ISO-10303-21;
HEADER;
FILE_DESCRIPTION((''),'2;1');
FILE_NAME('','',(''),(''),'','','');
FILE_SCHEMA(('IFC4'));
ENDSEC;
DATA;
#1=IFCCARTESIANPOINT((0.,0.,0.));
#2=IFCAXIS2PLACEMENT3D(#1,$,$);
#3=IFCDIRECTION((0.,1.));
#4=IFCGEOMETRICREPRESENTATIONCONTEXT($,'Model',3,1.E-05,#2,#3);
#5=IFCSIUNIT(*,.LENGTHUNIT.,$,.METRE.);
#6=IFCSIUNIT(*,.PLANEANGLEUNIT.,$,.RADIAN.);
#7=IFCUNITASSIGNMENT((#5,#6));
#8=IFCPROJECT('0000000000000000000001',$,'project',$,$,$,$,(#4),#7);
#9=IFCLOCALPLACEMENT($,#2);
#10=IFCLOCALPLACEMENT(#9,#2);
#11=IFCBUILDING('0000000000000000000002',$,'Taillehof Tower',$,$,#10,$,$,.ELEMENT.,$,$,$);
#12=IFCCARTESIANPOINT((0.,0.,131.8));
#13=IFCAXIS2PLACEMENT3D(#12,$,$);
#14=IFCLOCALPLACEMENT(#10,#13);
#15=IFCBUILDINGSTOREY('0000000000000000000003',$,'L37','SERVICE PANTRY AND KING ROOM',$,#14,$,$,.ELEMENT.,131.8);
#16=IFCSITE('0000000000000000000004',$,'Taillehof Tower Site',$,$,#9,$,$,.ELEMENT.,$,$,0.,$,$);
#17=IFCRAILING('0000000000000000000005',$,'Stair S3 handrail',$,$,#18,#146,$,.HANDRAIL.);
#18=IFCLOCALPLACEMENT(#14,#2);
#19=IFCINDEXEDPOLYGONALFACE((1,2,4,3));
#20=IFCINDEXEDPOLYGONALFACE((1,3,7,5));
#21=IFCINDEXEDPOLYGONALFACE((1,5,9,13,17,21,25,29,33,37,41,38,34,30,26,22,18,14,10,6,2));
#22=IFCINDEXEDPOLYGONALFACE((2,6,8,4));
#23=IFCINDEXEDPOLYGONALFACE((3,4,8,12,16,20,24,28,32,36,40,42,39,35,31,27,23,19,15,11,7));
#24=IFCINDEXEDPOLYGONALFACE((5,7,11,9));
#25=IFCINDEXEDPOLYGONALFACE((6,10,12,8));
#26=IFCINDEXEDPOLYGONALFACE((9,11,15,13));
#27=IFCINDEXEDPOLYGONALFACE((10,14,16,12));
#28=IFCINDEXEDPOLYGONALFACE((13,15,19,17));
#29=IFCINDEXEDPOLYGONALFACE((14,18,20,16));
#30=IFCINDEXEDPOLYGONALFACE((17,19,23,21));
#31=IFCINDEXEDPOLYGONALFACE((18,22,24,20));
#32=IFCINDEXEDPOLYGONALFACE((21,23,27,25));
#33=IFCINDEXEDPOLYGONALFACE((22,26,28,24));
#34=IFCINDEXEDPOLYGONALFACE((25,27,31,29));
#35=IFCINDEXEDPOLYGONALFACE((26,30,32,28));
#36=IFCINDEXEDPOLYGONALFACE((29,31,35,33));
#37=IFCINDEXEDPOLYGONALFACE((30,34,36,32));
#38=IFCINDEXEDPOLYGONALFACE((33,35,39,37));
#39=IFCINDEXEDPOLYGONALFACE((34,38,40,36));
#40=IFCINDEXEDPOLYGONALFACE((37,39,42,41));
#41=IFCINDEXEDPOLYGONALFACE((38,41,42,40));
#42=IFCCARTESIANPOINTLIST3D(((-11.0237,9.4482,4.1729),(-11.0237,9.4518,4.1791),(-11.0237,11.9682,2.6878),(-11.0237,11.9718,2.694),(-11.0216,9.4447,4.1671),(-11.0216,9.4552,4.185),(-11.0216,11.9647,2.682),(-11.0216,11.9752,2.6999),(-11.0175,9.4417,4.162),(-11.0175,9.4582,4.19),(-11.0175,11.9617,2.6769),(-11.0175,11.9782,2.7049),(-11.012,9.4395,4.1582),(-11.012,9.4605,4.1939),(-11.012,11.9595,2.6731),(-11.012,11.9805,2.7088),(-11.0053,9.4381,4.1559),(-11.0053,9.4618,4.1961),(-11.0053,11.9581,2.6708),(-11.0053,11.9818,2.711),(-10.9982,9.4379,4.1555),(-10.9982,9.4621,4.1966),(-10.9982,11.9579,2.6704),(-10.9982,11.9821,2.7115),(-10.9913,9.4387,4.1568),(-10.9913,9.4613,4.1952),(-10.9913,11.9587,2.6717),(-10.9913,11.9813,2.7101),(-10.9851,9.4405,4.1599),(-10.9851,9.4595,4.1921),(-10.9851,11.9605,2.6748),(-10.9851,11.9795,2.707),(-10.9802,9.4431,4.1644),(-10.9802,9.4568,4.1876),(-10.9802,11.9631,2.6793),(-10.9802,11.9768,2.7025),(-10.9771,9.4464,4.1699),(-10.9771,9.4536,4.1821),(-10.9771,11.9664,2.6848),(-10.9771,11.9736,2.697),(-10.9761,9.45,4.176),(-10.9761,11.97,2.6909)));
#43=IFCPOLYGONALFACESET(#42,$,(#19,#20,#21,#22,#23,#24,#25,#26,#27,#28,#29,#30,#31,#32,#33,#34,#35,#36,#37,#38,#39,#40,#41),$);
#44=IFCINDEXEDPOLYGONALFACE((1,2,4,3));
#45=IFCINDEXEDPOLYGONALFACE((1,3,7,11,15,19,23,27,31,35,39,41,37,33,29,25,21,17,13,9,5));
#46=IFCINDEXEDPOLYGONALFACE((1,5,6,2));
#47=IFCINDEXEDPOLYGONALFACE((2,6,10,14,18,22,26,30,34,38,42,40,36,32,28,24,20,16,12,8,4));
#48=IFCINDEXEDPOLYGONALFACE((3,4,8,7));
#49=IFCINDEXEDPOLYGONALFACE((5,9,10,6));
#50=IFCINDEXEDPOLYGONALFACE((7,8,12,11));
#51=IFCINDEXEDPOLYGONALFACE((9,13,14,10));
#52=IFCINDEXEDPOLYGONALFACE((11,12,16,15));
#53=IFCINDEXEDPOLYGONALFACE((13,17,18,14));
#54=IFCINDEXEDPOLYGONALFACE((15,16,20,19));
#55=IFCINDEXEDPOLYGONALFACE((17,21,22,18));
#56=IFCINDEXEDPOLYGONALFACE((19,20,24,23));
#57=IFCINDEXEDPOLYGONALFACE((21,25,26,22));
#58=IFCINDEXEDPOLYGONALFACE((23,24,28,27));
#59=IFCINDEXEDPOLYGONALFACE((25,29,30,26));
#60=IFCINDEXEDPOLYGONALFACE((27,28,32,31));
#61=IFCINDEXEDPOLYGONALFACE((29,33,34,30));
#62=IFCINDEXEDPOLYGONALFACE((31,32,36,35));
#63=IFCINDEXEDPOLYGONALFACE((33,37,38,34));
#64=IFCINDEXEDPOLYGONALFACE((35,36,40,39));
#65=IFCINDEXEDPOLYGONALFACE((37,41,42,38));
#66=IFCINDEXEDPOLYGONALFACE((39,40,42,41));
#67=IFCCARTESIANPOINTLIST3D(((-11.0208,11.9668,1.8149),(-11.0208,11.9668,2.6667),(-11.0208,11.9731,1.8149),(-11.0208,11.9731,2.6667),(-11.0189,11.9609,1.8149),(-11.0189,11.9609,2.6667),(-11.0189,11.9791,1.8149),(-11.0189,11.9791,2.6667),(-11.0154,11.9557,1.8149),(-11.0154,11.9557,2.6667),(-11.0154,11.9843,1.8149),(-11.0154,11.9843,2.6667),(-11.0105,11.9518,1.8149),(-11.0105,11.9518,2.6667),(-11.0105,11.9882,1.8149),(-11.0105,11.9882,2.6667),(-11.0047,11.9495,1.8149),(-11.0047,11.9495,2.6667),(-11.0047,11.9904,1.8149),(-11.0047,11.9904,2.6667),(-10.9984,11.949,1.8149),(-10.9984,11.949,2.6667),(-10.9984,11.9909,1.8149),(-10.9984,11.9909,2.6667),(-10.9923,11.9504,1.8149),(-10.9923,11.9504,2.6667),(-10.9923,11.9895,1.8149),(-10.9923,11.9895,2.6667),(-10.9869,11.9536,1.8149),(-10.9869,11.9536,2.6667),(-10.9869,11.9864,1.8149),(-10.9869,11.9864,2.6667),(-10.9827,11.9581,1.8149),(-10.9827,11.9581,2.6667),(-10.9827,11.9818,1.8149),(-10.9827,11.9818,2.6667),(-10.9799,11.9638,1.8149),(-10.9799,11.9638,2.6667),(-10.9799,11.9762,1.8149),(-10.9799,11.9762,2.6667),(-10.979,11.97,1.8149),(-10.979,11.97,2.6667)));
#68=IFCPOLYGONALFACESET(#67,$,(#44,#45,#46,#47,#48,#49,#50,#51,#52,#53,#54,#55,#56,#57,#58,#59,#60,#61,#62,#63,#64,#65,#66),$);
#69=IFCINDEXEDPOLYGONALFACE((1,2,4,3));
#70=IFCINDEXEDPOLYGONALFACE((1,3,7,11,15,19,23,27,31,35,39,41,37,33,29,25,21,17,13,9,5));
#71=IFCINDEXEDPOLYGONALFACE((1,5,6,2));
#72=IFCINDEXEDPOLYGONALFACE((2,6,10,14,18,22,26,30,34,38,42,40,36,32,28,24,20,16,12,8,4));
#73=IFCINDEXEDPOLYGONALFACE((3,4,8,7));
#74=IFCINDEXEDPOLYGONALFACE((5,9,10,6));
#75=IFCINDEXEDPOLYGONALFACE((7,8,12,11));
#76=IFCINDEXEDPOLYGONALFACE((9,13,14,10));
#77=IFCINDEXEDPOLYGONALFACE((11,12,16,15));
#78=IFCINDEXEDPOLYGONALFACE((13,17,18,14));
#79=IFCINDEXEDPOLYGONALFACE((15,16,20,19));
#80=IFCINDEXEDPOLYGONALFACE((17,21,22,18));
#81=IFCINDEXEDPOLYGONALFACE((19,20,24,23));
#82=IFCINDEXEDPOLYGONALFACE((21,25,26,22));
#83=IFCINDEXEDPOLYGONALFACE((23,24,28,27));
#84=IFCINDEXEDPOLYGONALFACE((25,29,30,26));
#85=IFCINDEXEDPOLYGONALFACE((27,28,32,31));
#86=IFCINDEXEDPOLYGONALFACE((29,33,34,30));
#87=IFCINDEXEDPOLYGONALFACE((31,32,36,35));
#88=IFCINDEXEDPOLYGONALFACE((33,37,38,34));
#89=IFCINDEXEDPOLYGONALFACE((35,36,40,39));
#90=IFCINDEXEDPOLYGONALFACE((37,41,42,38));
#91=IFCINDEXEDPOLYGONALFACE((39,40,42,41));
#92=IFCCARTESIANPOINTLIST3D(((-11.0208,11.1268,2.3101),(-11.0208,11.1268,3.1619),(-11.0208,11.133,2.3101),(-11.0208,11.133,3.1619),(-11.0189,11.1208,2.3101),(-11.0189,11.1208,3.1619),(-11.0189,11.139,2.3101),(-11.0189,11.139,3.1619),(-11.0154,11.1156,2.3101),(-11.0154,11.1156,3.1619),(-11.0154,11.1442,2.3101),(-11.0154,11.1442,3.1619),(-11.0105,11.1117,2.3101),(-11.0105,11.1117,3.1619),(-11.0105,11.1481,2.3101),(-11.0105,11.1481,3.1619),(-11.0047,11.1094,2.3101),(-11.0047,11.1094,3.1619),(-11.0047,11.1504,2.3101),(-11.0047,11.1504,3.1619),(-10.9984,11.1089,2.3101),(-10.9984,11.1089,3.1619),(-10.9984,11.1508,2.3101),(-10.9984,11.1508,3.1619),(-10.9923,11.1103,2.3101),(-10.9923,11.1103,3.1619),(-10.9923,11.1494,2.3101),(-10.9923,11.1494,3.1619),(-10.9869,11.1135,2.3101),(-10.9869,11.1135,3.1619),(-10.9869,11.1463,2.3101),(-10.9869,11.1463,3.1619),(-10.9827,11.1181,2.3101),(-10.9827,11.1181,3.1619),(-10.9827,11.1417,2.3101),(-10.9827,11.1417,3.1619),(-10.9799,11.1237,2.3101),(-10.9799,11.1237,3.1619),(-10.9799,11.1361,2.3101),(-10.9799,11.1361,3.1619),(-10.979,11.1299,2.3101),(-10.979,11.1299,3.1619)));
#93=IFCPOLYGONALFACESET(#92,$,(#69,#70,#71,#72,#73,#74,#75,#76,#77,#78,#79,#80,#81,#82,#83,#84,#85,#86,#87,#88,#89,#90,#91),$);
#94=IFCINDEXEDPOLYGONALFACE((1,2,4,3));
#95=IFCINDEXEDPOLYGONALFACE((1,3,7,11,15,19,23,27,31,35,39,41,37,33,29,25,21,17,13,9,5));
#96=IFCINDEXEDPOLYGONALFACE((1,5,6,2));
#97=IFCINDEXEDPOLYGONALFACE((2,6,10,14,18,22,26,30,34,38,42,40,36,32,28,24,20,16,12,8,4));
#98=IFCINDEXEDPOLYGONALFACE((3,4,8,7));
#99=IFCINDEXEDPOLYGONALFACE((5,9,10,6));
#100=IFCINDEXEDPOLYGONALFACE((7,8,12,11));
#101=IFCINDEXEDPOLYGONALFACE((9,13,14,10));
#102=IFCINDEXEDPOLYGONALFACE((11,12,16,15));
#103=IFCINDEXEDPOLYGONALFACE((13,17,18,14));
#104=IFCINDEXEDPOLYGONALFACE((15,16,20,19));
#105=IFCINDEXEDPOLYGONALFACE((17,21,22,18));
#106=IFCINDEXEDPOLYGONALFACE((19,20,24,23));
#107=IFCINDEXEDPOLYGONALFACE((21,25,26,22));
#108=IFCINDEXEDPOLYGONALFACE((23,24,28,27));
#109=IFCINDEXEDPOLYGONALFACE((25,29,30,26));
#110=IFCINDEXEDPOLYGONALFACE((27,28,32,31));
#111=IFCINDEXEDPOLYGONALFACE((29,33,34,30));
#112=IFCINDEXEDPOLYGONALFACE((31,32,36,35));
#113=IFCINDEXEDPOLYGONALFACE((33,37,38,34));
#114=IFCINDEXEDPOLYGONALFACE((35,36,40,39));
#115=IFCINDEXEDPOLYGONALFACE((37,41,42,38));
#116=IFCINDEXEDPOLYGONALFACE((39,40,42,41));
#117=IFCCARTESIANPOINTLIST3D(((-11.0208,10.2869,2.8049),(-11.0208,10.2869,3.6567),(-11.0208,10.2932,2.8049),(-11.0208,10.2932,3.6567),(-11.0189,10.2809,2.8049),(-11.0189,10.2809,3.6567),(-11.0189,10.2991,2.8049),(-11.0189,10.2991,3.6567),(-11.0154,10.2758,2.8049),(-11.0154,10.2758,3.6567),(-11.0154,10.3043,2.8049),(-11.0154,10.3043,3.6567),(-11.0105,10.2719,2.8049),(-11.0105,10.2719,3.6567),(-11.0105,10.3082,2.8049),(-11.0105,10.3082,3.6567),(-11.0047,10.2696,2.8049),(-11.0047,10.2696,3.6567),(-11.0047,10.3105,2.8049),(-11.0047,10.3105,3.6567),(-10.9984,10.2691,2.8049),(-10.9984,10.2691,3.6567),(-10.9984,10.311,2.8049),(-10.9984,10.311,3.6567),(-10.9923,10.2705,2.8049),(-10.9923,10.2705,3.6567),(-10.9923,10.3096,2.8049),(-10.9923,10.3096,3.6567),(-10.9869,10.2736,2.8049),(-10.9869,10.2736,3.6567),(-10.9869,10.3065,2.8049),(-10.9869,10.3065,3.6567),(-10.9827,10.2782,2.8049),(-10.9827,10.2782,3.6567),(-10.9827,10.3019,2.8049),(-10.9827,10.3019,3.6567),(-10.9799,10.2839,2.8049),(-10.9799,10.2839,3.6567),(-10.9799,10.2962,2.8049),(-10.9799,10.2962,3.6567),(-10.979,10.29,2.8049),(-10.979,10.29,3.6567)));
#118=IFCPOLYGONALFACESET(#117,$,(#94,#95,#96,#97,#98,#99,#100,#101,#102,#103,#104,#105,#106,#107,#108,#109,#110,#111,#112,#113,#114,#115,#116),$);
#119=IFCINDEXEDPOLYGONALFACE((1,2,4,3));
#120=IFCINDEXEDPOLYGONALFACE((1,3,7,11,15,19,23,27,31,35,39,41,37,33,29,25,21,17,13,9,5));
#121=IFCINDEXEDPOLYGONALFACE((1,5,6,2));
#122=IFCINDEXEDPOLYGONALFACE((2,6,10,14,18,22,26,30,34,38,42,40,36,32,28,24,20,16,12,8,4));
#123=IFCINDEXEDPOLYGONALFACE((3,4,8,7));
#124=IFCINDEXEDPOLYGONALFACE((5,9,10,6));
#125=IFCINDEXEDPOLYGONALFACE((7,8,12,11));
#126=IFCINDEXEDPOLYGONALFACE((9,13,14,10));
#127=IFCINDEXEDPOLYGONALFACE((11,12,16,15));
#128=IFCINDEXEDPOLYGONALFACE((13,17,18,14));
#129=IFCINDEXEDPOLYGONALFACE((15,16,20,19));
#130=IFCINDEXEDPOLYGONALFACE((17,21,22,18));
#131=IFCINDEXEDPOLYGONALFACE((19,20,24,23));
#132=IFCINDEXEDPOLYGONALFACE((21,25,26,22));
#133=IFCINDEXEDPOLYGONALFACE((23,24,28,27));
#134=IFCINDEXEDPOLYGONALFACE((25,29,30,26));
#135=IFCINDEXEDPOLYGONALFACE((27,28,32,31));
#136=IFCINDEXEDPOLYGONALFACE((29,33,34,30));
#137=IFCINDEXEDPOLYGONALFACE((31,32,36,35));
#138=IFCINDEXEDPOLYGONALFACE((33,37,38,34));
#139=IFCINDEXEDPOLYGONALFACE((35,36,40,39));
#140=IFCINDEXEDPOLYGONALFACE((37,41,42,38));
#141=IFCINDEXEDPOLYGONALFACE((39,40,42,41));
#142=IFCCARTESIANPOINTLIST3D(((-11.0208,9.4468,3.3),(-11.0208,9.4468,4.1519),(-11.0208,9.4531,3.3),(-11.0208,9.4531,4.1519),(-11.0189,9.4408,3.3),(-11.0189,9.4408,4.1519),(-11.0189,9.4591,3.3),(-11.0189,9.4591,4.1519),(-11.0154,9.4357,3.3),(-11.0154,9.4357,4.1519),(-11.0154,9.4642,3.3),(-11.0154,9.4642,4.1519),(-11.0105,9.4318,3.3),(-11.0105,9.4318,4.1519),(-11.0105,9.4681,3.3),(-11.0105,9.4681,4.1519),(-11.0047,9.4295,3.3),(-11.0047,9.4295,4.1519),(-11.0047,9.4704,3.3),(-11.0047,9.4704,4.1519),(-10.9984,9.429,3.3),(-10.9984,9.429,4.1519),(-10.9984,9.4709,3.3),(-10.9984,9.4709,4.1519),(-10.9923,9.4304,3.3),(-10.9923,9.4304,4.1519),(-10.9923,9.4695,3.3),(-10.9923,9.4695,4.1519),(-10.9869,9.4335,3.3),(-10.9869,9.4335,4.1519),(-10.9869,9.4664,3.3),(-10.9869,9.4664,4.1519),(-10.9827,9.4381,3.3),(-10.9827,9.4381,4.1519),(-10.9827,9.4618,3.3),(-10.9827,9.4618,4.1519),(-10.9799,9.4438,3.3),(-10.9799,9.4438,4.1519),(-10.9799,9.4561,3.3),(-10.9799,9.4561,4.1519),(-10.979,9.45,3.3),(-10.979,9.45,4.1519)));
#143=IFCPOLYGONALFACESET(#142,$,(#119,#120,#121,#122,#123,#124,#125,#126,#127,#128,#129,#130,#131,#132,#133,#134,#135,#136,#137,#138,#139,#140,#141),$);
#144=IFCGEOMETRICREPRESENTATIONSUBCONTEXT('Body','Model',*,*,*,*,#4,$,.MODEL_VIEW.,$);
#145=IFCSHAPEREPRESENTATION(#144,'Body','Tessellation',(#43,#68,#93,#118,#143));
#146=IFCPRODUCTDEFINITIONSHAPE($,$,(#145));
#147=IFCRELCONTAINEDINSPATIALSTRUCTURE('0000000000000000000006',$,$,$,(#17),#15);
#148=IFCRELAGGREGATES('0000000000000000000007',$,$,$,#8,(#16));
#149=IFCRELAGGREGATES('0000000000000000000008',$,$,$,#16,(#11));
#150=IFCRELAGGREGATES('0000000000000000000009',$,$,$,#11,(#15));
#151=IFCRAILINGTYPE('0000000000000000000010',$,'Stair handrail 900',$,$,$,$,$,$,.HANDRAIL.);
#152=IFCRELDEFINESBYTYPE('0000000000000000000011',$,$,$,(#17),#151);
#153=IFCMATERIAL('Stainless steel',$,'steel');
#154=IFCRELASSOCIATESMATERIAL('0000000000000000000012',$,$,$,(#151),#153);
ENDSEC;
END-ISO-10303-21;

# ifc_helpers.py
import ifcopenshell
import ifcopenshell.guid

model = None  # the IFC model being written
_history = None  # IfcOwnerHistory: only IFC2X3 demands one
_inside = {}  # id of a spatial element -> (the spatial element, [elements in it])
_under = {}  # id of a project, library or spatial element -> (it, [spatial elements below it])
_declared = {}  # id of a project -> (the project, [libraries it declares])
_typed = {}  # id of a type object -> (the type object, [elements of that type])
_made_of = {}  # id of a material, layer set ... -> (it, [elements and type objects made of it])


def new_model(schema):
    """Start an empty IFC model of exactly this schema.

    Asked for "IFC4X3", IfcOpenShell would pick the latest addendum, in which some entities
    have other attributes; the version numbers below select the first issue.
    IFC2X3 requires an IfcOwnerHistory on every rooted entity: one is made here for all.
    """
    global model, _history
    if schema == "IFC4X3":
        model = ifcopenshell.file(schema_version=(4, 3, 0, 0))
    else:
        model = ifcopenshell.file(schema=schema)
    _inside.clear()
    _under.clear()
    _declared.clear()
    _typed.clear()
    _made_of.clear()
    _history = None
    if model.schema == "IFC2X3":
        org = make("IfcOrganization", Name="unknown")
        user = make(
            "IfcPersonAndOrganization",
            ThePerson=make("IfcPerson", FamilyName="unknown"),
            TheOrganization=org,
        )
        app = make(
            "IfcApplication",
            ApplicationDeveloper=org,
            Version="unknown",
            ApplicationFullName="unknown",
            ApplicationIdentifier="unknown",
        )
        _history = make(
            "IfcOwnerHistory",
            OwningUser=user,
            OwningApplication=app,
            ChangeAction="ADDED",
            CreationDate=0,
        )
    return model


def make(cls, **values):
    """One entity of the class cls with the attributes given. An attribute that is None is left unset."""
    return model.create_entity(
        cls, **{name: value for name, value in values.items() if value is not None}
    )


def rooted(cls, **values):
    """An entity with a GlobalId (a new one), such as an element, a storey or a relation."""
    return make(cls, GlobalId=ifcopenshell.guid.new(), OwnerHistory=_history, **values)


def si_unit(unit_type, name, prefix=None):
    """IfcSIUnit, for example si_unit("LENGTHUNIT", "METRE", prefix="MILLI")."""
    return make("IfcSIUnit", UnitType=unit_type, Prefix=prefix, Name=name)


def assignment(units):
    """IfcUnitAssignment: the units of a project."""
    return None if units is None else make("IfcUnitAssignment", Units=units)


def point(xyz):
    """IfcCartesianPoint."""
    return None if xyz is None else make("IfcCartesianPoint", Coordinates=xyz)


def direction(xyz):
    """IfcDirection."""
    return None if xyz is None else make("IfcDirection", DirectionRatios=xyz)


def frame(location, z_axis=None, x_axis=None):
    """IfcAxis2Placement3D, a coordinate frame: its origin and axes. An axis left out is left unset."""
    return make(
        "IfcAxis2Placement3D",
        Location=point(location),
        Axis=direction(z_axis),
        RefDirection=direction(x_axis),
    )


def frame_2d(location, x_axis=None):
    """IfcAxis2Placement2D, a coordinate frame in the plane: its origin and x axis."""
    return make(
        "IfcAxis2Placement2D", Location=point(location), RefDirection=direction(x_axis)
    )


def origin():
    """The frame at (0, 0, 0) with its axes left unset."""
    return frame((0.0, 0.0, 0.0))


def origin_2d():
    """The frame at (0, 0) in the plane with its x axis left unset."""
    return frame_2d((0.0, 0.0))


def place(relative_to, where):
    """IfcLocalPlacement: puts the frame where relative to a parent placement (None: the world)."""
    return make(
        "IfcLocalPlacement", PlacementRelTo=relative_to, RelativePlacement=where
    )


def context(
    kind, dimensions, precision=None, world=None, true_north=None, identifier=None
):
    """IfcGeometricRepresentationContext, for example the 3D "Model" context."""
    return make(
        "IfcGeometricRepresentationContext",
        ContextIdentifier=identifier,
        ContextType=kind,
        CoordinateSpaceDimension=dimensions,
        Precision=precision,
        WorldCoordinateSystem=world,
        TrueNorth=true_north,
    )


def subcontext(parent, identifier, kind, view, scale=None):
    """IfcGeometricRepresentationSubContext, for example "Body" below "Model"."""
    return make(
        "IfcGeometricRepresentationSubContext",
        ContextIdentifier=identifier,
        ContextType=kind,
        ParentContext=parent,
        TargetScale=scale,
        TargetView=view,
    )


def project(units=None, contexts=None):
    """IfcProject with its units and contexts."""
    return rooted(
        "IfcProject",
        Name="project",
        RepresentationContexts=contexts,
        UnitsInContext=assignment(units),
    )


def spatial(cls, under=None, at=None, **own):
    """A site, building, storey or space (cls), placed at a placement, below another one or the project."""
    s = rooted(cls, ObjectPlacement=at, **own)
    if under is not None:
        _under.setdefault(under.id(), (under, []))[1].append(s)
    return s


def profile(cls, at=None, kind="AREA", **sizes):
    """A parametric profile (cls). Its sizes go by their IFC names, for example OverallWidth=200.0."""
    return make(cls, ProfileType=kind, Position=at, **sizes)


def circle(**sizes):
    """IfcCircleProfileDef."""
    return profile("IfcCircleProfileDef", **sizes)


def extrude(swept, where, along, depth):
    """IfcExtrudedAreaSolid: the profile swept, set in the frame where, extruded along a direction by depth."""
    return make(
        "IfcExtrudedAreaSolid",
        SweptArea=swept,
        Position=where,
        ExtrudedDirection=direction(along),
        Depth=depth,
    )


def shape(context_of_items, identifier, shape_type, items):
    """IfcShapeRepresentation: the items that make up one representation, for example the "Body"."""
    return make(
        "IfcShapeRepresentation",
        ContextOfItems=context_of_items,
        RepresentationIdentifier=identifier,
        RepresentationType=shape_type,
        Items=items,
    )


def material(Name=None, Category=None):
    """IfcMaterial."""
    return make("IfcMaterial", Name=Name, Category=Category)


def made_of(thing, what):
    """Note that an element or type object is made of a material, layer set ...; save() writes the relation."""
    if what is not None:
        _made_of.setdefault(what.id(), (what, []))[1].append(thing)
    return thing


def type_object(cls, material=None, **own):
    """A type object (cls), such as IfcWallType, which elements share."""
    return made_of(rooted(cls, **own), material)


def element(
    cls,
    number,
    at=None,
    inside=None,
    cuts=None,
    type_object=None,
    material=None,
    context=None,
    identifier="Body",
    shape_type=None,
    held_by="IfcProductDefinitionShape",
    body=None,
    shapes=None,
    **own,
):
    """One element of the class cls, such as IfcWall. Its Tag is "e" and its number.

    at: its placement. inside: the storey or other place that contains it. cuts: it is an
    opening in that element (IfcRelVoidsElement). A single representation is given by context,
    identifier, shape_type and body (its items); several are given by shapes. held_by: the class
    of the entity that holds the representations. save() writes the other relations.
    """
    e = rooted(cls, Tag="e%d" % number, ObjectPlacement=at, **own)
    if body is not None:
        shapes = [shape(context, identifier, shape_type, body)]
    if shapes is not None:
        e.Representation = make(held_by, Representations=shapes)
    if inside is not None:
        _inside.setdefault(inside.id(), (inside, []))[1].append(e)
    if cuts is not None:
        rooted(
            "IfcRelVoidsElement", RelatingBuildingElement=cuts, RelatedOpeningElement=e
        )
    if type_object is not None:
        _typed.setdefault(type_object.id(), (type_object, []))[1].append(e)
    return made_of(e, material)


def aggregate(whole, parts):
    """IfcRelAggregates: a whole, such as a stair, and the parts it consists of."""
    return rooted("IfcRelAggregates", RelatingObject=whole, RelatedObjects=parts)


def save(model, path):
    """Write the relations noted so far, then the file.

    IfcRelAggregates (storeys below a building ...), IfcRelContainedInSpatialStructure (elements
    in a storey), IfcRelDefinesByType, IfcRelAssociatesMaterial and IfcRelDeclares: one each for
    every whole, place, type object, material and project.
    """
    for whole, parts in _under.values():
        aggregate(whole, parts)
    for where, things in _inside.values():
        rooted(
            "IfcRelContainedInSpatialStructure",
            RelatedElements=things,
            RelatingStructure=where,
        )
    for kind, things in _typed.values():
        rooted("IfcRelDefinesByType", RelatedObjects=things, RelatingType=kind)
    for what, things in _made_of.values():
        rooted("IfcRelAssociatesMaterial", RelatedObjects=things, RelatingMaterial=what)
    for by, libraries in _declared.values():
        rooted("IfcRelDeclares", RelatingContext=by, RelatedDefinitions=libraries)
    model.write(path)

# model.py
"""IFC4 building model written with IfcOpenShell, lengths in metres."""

from ifc_helpers import new_model, si_unit, direction, frame, origin, origin_2d, place, context, subcontext, project, spatial, circle, extrude, material, type_object, element, save


model = new_model("IFC4")

# Units and contexts
model_context = context("Model", 3, precision=1e-05, world=origin(), true_north=direction((0.0, 1.0)))
body_context = subcontext(model_context, "Body", "Model", "MODEL_VIEW")
ifc_project = project(units=[si_unit("LENGTHUNIT", "METRE"), si_unit("PLANEANGLEUNIT", "RADIAN")], contexts=[model_context])

# Site, building, storey
site_placement = place(None, origin())
site = spatial("IfcSite", under=ifc_project, at=site_placement, Name="Taillehof Tower Site", CompositionType="ELEMENT", RefElevation=0.0)
building_placement = place(site_placement, origin())
building = spatial("IfcBuilding", under=site, at=building_placement, Name="Taillehof Tower", CompositionType="ELEMENT")
storey_placement = place(building_placement, frame((0.0, 0.0, 131.8)))
storey = spatial("IfcBuildingStorey", under=building, at=storey_placement, Name="L37", Description="SERVICE PANTRY AND KING ROOM", CompositionType="ELEMENT", Elevation=131.8)

# Railing
ifc_material_1 = material(Name="Stainless steel", Category="steel")
railing_type = type_object("IfcRailingType", Name="Stair handrail 900", PredefinedType="HANDRAIL", material=ifc_material_1)
railing_placement = place(storey_placement, frame((-11.0, 11.97, 1.8149)))
element("IfcRailing", 1, at=railing_placement, inside=storey, type_object=railing_type, Name="Stair S3 handrail", PredefinedType="HANDRAIL", context=body_context, shape_type="SweptSolid", body=[
    extrude(circle(Radius=0.0239, at=origin_2d()), frame((0.0, 0.0, 0.876), z_axis=(0.0, -0.861524, 0.507717), x_axis=(1.0, 0.0, 0.0)), (0.0, 0.0, 1.0), 2.925),
    extrude(circle(Radius=0.021, at=origin_2d()), origin(), (0.0, 0.0, 1.0), 0.8518),
    extrude(circle(Radius=0.021, at=origin_2d()), frame((0.0, -0.8401, 0.4951)), (0.0, 0.0, 1.0), 0.8518),
    extrude(circle(Radius=0.021, at=origin_2d()), frame((0.0, -1.6799, 0.99)), (0.0, 0.0, 1.0), 0.8518),
    extrude(circle(Radius=0.021, at=origin_2d()), frame((0.0, -2.52, 1.4851)), (0.0, 0.0, 1.0), 0.8518),
])

save(model, "model.ifc")
